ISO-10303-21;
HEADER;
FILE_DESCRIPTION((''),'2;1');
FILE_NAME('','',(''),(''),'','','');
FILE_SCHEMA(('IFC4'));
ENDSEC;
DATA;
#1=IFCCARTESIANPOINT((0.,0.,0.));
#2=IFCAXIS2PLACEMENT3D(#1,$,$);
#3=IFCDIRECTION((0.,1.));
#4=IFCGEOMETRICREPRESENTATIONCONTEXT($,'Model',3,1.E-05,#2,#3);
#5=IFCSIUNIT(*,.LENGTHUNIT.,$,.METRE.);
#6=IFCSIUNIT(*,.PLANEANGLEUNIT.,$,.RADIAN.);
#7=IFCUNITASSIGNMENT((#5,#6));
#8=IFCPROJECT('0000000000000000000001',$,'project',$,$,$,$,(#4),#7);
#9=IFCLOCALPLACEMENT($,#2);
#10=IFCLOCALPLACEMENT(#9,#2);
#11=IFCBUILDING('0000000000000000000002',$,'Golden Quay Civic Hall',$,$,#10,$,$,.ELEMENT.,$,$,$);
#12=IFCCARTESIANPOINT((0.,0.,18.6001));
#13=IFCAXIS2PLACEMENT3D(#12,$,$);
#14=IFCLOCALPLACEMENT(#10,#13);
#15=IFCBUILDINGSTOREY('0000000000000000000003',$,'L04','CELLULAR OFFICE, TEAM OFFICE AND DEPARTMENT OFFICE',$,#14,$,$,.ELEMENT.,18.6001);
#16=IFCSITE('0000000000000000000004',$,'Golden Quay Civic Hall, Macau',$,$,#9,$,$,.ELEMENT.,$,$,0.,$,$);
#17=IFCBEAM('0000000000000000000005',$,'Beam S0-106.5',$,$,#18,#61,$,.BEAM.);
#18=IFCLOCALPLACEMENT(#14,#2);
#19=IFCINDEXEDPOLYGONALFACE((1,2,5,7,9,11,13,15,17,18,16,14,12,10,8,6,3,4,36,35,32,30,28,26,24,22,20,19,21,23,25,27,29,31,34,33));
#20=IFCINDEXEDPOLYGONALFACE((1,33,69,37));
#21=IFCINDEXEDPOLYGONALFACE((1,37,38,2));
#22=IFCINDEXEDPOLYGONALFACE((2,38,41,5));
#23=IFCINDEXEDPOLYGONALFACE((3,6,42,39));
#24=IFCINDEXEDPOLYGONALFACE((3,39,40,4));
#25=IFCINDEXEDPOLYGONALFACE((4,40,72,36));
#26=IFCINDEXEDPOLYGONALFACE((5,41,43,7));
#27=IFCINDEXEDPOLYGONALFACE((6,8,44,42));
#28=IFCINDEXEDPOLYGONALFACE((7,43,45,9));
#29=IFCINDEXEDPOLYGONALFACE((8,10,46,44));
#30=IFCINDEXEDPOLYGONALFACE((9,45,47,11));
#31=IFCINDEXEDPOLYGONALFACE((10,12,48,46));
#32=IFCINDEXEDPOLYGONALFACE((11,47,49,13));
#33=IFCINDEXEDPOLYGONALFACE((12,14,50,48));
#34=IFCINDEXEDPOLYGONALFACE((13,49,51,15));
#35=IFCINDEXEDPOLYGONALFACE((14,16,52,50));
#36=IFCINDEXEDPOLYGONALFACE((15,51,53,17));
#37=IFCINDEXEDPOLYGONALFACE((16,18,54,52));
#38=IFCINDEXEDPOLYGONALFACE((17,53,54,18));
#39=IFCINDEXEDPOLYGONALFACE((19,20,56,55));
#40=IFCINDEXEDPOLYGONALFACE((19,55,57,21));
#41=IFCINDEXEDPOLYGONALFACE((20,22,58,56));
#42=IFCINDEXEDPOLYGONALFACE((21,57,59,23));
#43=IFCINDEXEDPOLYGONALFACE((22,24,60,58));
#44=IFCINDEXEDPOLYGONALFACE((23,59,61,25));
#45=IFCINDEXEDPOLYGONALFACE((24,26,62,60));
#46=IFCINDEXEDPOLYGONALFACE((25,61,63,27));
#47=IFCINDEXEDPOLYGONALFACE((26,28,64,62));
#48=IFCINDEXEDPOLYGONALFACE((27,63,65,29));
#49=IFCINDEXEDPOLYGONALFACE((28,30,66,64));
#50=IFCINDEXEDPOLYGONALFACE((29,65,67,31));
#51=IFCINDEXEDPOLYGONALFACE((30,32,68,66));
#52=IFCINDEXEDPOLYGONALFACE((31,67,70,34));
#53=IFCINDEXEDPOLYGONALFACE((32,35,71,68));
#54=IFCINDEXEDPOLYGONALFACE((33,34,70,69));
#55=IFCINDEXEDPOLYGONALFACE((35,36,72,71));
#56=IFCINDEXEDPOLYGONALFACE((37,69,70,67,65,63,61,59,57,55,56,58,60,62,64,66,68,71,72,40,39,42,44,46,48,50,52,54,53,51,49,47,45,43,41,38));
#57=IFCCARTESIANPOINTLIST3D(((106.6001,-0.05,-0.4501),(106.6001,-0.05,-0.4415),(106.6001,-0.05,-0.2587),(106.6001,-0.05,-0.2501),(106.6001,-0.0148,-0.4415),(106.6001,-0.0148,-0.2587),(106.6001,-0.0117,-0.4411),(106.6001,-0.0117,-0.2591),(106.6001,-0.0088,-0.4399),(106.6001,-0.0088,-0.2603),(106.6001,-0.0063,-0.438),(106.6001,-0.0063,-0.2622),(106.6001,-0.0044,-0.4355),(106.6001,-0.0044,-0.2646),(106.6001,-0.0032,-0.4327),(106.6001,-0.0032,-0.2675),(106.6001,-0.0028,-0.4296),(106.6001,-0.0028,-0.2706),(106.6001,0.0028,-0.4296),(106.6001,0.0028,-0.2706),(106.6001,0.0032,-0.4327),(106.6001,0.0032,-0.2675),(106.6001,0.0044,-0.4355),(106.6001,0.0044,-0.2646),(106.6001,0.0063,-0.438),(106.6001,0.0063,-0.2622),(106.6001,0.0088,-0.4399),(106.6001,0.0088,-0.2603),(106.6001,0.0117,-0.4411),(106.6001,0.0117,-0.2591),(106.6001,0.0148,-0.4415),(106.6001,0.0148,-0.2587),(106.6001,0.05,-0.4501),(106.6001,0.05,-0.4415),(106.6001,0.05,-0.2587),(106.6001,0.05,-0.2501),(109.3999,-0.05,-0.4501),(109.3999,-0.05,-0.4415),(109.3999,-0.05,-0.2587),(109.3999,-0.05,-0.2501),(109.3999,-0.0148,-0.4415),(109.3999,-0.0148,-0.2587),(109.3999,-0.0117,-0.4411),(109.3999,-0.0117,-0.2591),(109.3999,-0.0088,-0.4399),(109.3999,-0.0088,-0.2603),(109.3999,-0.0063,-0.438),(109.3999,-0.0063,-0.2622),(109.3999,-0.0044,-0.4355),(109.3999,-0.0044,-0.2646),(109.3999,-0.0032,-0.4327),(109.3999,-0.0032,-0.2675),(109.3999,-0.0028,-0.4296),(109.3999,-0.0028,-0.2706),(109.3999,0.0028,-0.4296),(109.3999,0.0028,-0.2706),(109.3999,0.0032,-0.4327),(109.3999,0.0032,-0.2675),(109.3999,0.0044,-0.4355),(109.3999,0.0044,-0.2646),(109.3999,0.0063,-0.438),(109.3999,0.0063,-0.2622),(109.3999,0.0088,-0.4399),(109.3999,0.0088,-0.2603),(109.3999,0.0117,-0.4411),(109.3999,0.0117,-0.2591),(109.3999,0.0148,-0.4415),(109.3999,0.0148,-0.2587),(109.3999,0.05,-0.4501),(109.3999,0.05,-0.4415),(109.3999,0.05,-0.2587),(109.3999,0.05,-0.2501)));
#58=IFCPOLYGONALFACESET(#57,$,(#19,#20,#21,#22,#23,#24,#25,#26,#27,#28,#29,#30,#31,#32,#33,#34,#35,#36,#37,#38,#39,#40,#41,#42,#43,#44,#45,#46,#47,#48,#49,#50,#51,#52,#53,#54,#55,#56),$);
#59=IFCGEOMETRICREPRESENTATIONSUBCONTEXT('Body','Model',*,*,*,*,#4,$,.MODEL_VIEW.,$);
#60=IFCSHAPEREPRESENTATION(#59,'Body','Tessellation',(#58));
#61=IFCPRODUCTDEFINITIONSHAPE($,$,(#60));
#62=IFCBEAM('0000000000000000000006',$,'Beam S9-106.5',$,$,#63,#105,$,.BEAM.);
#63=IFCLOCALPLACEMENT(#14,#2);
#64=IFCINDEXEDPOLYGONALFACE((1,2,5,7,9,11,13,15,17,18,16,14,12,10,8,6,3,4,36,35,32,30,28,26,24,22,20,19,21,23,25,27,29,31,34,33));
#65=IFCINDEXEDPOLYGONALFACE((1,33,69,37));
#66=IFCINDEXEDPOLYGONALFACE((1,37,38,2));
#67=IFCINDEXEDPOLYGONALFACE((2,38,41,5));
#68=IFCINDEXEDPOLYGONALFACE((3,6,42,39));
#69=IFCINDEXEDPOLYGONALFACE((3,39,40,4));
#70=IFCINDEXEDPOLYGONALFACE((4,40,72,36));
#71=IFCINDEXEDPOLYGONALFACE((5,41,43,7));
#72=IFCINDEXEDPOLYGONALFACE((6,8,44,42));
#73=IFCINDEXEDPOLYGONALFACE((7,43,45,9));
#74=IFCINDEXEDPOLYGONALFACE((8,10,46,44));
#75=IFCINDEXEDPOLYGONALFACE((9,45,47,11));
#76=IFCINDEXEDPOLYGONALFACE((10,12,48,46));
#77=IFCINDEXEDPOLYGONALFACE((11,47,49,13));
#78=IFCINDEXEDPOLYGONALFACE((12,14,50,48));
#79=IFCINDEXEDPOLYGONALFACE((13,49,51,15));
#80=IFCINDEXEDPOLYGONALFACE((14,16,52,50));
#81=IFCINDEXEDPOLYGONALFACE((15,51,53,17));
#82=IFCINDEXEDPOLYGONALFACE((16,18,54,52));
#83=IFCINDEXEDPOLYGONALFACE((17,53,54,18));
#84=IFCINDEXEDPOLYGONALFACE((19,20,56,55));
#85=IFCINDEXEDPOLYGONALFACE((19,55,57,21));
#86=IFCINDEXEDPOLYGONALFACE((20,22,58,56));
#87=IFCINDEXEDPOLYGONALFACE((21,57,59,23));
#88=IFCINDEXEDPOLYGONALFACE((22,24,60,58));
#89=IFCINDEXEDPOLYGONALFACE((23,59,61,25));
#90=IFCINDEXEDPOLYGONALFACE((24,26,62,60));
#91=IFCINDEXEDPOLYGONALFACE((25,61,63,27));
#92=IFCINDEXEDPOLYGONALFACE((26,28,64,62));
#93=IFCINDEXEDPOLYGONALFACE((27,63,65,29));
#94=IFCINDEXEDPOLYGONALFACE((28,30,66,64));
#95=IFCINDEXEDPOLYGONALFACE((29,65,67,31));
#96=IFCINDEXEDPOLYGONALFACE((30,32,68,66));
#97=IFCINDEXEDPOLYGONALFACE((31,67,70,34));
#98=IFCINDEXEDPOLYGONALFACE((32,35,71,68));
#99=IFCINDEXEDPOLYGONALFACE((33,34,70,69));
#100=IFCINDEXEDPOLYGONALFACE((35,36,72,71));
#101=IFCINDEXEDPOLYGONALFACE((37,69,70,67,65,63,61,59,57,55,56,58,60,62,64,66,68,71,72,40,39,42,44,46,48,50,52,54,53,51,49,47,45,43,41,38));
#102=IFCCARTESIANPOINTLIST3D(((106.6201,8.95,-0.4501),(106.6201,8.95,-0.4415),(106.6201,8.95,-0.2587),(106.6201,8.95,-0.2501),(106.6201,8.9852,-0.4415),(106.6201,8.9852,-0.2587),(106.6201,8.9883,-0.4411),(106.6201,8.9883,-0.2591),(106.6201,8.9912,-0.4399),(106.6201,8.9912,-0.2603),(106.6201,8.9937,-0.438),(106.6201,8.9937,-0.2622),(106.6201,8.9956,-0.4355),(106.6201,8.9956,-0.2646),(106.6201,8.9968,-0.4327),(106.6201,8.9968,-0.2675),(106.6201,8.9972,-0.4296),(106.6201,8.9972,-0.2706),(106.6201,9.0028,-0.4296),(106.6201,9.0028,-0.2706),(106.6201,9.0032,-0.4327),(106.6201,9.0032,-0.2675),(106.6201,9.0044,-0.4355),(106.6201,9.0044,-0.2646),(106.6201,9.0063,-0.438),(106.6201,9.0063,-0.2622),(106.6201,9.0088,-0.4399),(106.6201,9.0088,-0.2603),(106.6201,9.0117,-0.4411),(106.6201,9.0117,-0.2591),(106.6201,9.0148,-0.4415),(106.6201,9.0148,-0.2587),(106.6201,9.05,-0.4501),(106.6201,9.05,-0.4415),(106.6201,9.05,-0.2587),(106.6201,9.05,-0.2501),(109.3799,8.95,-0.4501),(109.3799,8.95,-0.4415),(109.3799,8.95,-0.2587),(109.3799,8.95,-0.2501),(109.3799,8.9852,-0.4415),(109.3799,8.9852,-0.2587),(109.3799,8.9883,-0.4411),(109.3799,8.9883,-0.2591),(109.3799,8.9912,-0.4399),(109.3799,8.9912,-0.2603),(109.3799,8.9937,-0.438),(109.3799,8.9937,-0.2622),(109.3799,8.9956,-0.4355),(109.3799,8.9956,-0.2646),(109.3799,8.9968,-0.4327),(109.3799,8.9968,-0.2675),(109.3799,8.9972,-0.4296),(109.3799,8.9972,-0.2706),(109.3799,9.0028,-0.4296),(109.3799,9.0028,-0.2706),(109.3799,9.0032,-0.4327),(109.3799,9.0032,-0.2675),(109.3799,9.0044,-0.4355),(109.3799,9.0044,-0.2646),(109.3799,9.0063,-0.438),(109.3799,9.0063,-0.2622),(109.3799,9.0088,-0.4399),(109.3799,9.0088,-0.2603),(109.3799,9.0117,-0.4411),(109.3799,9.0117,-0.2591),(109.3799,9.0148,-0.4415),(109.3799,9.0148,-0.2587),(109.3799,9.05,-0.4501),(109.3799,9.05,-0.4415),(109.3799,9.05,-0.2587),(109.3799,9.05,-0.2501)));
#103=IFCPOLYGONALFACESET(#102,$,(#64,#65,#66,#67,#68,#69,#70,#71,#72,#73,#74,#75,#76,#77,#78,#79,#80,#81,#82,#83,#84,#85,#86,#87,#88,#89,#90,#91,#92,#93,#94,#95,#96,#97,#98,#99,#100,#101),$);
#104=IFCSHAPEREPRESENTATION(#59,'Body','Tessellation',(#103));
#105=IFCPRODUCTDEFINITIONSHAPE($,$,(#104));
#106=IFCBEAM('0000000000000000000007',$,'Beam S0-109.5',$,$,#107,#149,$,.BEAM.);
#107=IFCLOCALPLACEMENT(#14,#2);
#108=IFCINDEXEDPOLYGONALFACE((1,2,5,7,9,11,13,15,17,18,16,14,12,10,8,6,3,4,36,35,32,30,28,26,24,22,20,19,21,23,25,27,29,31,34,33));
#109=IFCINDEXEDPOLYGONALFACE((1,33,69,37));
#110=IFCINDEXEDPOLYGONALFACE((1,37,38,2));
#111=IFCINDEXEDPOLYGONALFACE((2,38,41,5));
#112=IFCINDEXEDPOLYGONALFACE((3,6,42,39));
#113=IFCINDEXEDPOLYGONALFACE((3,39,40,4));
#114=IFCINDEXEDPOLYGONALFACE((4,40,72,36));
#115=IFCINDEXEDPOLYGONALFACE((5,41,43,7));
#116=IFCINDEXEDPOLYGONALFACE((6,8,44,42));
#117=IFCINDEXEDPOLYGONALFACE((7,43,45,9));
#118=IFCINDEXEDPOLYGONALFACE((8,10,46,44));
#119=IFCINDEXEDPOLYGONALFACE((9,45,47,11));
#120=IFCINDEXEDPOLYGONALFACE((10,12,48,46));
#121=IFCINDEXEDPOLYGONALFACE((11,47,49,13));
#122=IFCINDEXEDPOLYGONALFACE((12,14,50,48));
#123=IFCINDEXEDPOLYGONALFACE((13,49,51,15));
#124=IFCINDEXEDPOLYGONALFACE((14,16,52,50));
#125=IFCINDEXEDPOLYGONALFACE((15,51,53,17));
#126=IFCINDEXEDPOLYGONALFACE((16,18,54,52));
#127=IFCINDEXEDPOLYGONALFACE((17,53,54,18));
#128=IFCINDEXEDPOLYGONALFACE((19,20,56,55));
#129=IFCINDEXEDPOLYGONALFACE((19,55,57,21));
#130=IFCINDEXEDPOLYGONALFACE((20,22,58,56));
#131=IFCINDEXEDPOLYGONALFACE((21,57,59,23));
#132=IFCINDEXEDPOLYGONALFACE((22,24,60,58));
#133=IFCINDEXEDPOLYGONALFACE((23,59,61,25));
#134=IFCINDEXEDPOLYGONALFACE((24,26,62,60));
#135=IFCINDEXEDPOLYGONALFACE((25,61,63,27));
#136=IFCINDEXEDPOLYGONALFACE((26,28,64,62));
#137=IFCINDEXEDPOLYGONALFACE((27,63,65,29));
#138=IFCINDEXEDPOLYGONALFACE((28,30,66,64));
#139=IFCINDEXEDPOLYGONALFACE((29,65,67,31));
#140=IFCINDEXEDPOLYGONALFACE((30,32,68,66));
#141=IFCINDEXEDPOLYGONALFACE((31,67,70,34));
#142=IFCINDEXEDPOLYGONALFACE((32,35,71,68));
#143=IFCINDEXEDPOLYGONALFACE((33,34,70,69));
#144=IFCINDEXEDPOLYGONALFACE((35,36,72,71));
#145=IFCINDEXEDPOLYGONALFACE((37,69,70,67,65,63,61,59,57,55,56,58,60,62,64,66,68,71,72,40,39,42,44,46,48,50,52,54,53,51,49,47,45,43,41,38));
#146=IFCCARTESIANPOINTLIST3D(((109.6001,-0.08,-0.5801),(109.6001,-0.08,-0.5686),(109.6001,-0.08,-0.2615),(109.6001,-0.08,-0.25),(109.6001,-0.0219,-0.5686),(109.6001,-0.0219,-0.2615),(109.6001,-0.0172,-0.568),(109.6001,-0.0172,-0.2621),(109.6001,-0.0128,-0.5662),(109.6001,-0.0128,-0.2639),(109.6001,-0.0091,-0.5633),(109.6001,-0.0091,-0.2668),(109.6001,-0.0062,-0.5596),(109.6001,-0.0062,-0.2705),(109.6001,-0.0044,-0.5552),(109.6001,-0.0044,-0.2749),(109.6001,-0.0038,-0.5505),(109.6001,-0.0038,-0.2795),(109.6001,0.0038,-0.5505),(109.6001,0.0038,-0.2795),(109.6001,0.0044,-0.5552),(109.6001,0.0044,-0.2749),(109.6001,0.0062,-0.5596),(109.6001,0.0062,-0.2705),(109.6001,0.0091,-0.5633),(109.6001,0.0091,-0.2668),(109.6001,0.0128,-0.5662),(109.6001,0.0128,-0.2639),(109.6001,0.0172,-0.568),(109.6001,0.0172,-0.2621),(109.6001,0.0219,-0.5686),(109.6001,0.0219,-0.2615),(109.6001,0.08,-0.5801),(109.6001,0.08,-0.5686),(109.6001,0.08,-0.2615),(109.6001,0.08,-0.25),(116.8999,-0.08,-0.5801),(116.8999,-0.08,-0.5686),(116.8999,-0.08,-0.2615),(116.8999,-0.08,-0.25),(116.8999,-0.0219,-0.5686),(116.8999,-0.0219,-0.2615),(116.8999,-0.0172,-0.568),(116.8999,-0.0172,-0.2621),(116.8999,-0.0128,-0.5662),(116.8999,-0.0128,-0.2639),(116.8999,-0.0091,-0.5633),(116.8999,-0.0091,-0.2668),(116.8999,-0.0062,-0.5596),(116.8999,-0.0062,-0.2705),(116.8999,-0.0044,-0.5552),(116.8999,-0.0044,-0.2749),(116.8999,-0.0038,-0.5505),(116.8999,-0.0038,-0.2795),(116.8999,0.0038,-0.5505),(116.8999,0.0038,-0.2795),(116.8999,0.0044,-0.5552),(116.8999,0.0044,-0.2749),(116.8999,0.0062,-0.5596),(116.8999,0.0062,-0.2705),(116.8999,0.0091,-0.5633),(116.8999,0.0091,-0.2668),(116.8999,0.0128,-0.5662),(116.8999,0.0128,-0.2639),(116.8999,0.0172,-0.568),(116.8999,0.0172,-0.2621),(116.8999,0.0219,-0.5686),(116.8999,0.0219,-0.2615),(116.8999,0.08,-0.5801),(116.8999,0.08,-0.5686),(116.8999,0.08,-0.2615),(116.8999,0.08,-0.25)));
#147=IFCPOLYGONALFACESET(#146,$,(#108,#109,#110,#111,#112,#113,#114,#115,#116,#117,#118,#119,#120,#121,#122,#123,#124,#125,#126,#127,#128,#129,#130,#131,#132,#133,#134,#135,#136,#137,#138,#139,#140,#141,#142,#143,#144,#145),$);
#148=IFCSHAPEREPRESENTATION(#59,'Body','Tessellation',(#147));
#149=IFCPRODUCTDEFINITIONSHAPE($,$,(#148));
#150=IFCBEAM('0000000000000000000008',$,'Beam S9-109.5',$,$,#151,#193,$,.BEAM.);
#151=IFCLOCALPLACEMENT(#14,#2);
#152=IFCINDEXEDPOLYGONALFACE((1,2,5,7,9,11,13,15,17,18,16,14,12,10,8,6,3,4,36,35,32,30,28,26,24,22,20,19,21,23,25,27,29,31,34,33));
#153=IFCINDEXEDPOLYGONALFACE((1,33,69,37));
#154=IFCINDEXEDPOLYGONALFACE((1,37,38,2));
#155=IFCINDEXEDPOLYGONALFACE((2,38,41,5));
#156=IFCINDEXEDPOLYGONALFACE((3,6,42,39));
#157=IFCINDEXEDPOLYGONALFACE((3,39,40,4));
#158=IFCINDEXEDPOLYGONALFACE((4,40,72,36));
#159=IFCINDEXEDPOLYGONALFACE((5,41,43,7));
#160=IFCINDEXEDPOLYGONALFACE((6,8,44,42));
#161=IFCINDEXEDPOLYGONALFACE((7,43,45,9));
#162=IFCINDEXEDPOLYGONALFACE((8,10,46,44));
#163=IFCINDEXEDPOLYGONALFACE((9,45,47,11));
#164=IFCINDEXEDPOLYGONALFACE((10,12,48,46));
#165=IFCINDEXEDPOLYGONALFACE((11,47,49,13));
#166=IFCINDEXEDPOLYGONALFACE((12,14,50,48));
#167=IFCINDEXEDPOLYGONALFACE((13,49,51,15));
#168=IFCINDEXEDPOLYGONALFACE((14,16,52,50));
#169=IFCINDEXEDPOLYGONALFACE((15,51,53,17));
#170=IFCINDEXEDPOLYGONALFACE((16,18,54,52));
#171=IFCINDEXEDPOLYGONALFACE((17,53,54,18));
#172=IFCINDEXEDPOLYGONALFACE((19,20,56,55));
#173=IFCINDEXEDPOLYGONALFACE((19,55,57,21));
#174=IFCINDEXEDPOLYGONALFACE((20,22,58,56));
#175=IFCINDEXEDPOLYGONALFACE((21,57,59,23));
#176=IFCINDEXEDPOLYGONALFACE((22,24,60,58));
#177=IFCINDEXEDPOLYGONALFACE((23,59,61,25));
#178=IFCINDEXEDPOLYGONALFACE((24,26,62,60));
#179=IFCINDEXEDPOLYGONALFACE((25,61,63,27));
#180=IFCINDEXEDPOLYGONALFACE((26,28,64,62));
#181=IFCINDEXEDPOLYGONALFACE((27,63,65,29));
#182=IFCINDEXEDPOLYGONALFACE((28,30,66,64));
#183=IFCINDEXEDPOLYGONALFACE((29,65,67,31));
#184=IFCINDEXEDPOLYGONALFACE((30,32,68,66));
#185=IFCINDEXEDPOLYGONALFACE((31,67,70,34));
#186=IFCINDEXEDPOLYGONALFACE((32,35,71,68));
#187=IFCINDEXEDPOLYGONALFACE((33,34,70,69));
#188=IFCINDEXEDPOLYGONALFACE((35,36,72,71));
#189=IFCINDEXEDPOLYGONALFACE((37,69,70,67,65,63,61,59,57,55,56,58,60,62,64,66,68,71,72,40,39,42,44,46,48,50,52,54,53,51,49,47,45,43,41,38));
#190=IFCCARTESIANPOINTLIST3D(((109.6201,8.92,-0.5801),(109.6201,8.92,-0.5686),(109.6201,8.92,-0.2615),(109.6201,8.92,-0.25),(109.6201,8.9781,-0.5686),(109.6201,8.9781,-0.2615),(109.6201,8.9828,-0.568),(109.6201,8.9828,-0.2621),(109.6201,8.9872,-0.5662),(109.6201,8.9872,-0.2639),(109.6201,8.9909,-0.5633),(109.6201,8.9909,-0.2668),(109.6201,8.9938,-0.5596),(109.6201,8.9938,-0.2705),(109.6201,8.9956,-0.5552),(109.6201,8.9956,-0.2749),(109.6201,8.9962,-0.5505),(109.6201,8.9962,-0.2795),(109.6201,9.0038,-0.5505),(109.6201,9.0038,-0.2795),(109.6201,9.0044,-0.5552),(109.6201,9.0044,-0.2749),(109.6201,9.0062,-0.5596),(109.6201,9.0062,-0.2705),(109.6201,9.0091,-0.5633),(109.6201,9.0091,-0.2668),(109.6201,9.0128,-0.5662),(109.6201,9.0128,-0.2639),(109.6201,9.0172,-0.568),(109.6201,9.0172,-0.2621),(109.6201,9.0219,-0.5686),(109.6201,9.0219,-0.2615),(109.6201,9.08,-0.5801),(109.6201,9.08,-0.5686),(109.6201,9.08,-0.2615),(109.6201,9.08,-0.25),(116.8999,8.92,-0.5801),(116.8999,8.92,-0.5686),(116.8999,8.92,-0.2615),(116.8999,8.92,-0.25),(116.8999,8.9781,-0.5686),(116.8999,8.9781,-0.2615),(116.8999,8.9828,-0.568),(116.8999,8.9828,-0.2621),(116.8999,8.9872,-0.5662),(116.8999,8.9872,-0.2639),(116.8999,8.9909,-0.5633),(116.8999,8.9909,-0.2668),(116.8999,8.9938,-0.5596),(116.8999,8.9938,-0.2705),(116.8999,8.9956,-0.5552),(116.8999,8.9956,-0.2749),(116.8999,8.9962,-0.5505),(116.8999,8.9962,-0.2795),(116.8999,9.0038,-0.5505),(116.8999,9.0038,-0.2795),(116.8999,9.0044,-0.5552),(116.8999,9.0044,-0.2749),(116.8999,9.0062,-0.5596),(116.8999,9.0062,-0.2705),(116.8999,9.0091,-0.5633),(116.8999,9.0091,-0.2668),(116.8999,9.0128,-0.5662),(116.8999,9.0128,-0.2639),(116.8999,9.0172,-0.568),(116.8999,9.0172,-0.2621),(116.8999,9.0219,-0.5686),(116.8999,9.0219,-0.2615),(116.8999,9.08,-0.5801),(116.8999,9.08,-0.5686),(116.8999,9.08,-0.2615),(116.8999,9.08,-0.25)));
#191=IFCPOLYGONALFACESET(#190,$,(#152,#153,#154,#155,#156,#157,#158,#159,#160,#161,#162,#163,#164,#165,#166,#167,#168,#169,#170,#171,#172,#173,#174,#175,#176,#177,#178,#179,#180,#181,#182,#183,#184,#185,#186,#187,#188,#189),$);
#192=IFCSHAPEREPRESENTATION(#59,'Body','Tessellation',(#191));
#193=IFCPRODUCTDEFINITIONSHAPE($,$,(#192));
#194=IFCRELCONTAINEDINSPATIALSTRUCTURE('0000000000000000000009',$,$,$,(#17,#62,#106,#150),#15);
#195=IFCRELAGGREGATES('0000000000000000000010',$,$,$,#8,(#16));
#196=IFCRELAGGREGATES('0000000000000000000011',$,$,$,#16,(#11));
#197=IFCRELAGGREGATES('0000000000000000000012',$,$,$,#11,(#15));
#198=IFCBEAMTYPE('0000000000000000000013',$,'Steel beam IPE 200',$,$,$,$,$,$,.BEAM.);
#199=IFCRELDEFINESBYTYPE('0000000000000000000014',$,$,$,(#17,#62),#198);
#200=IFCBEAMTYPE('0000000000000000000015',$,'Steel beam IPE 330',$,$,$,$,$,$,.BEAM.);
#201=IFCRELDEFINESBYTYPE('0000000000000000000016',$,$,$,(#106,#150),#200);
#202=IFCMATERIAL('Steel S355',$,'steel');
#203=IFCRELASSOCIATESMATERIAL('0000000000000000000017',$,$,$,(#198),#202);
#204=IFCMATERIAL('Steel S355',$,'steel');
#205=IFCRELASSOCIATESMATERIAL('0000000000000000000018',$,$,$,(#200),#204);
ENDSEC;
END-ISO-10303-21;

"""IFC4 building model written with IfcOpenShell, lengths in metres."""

from ifc_helpers import new_model, si_unit, direction, frame, origin, origin_2d, place, context, subcontext, project, spatial, i_section, extrude, material, material_profile, profile_set, type_object, element, save


model = new_model("IFC4")

# Units and contexts
model_context = context("Model", 3, precision=1e-05, world=origin(), true_north=direction((0.0, 1.0)))
body_context = subcontext(model_context, "Body", "Model", "MODEL_VIEW")
ifc_project = project(units=[si_unit("LENGTHUNIT", "METRE"), si_unit("PLANEANGLEUNIT", "RADIAN")], contexts=[model_context])

# Site, building, storey
site_placement = place(None, origin())
site = spatial("IfcSite", under=ifc_project, at=site_placement, Name="Golden Quay Civic Hall, Macau", CompositionType="ELEMENT", RefElevation=0.0)
building_placement = place(site_placement, origin())
building = spatial("IfcBuilding", under=site, at=building_placement, Name="Golden Quay Civic Hall", CompositionType="ELEMENT")
storey_placement = place(building_placement, frame((0.0, 0.0, 18.6001)))
storey = spatial("IfcBuildingStorey", under=building, at=storey_placement, Name="L04", Description="CELLULAR OFFICE, TEAM OFFICE AND DEPARTMENT OFFICE", CompositionType="ELEMENT", Elevation=18.6001)

# Beams
ifc_material_1 = material(Name="Steel S355", Category="steel")
ifc_material_profile_1 = material_profile(ifc_material_1, i_section(OverallWidth=0.1001, OverallDepth=0.2, WebThickness=0.0056, FlangeThickness=0.0085, FilletRadius=0.012, at=origin_2d()), Name="IPE 200")
ifc_profile_set_1 = profile_set([ifc_material_profile_1], Name="Steel S355")
beam_type_1 = type_object("IfcBeamType", Name="Steel beam IPE 200", PredefinedType="BEAM", material=ifc_profile_set_1)
beam_1_placement = place(storey_placement, frame((106.6001, 0.0, -0.3501), z_axis=(1.0, 0.0, 0.0), x_axis=(0.0, 1.0, 0.0)))
element("IfcBeam", 1, at=beam_1_placement, inside=storey, type_object=beam_type_1, Name="Beam S0-106.5", PredefinedType="BEAM", context=body_context, shape_type="SweptSolid", body=[
    extrude(i_section(OverallWidth=0.1001, OverallDepth=0.2, WebThickness=0.0056, FlangeThickness=0.0085, FilletRadius=0.012, at=origin_2d()), origin(), (0.0, 0.0, 1.0), 2.7998),
])
beam_2_placement = place(storey_placement, frame((106.6201, 9.0, -0.3501), z_axis=(1.0, 0.0, 0.0), x_axis=(0.0, 1.0, 0.0)))
element("IfcBeam", 2, at=beam_2_placement, inside=storey, type_object=beam_type_1, Name="Beam S9-106.5", PredefinedType="BEAM", context=body_context, shape_type="SweptSolid", body=[
    extrude(i_section(OverallWidth=0.1001, OverallDepth=0.2, WebThickness=0.0056, FlangeThickness=0.0085, FilletRadius=0.012, at=origin_2d()), origin(), (0.0, 0.0, 1.0), 2.7598),
])
ifc_material_2 = material(Name="Steel S355", Category="steel")
ifc_material_profile_2 = material_profile(ifc_material_2, i_section(OverallWidth=0.1599, OverallDepth=0.3301, WebThickness=0.0076, FlangeThickness=0.0115, FilletRadius=0.0181, at=origin_2d()), Name="IPE 330")
ifc_profile_set_2 = profile_set([ifc_material_profile_2], Name="Steel S355")
beam_type_2 = type_object("IfcBeamType", Name="Steel beam IPE 330", PredefinedType="BEAM", material=ifc_profile_set_2)
beam_3_placement = place(storey_placement, frame((109.6001, 0.0, -0.415), z_axis=(1.0, 0.0, 0.0), x_axis=(0.0, 1.0, 0.0)))
element("IfcBeam", 3, at=beam_3_placement, inside=storey, type_object=beam_type_2, Name="Beam S0-109.5", PredefinedType="BEAM", context=body_context, shape_type="SweptSolid", body=[
    extrude(i_section(OverallWidth=0.1599, OverallDepth=0.3301, WebThickness=0.0076, FlangeThickness=0.0115, FilletRadius=0.0181, at=origin_2d()), origin(), (0.0, 0.0, 1.0), 7.2998),
])
beam_4_placement = place(storey_placement, frame((109.6201, 9.0, -0.415), z_axis=(1.0, 0.0, 0.0), x_axis=(0.0, 1.0, 0.0)))
element("IfcBeam", 4, at=beam_4_placement, inside=storey, type_object=beam_type_2, Name="Beam S9-109.5", PredefinedType="BEAM", context=body_context, shape_type="SweptSolid", body=[
    extrude(i_section(OverallWidth=0.1599, OverallDepth=0.3301, WebThickness=0.0076, FlangeThickness=0.0115, FilletRadius=0.0181, at=origin_2d()), origin(), (0.0, 0.0, 1.0), 7.2798),
])

save(model, "model.ifc")
